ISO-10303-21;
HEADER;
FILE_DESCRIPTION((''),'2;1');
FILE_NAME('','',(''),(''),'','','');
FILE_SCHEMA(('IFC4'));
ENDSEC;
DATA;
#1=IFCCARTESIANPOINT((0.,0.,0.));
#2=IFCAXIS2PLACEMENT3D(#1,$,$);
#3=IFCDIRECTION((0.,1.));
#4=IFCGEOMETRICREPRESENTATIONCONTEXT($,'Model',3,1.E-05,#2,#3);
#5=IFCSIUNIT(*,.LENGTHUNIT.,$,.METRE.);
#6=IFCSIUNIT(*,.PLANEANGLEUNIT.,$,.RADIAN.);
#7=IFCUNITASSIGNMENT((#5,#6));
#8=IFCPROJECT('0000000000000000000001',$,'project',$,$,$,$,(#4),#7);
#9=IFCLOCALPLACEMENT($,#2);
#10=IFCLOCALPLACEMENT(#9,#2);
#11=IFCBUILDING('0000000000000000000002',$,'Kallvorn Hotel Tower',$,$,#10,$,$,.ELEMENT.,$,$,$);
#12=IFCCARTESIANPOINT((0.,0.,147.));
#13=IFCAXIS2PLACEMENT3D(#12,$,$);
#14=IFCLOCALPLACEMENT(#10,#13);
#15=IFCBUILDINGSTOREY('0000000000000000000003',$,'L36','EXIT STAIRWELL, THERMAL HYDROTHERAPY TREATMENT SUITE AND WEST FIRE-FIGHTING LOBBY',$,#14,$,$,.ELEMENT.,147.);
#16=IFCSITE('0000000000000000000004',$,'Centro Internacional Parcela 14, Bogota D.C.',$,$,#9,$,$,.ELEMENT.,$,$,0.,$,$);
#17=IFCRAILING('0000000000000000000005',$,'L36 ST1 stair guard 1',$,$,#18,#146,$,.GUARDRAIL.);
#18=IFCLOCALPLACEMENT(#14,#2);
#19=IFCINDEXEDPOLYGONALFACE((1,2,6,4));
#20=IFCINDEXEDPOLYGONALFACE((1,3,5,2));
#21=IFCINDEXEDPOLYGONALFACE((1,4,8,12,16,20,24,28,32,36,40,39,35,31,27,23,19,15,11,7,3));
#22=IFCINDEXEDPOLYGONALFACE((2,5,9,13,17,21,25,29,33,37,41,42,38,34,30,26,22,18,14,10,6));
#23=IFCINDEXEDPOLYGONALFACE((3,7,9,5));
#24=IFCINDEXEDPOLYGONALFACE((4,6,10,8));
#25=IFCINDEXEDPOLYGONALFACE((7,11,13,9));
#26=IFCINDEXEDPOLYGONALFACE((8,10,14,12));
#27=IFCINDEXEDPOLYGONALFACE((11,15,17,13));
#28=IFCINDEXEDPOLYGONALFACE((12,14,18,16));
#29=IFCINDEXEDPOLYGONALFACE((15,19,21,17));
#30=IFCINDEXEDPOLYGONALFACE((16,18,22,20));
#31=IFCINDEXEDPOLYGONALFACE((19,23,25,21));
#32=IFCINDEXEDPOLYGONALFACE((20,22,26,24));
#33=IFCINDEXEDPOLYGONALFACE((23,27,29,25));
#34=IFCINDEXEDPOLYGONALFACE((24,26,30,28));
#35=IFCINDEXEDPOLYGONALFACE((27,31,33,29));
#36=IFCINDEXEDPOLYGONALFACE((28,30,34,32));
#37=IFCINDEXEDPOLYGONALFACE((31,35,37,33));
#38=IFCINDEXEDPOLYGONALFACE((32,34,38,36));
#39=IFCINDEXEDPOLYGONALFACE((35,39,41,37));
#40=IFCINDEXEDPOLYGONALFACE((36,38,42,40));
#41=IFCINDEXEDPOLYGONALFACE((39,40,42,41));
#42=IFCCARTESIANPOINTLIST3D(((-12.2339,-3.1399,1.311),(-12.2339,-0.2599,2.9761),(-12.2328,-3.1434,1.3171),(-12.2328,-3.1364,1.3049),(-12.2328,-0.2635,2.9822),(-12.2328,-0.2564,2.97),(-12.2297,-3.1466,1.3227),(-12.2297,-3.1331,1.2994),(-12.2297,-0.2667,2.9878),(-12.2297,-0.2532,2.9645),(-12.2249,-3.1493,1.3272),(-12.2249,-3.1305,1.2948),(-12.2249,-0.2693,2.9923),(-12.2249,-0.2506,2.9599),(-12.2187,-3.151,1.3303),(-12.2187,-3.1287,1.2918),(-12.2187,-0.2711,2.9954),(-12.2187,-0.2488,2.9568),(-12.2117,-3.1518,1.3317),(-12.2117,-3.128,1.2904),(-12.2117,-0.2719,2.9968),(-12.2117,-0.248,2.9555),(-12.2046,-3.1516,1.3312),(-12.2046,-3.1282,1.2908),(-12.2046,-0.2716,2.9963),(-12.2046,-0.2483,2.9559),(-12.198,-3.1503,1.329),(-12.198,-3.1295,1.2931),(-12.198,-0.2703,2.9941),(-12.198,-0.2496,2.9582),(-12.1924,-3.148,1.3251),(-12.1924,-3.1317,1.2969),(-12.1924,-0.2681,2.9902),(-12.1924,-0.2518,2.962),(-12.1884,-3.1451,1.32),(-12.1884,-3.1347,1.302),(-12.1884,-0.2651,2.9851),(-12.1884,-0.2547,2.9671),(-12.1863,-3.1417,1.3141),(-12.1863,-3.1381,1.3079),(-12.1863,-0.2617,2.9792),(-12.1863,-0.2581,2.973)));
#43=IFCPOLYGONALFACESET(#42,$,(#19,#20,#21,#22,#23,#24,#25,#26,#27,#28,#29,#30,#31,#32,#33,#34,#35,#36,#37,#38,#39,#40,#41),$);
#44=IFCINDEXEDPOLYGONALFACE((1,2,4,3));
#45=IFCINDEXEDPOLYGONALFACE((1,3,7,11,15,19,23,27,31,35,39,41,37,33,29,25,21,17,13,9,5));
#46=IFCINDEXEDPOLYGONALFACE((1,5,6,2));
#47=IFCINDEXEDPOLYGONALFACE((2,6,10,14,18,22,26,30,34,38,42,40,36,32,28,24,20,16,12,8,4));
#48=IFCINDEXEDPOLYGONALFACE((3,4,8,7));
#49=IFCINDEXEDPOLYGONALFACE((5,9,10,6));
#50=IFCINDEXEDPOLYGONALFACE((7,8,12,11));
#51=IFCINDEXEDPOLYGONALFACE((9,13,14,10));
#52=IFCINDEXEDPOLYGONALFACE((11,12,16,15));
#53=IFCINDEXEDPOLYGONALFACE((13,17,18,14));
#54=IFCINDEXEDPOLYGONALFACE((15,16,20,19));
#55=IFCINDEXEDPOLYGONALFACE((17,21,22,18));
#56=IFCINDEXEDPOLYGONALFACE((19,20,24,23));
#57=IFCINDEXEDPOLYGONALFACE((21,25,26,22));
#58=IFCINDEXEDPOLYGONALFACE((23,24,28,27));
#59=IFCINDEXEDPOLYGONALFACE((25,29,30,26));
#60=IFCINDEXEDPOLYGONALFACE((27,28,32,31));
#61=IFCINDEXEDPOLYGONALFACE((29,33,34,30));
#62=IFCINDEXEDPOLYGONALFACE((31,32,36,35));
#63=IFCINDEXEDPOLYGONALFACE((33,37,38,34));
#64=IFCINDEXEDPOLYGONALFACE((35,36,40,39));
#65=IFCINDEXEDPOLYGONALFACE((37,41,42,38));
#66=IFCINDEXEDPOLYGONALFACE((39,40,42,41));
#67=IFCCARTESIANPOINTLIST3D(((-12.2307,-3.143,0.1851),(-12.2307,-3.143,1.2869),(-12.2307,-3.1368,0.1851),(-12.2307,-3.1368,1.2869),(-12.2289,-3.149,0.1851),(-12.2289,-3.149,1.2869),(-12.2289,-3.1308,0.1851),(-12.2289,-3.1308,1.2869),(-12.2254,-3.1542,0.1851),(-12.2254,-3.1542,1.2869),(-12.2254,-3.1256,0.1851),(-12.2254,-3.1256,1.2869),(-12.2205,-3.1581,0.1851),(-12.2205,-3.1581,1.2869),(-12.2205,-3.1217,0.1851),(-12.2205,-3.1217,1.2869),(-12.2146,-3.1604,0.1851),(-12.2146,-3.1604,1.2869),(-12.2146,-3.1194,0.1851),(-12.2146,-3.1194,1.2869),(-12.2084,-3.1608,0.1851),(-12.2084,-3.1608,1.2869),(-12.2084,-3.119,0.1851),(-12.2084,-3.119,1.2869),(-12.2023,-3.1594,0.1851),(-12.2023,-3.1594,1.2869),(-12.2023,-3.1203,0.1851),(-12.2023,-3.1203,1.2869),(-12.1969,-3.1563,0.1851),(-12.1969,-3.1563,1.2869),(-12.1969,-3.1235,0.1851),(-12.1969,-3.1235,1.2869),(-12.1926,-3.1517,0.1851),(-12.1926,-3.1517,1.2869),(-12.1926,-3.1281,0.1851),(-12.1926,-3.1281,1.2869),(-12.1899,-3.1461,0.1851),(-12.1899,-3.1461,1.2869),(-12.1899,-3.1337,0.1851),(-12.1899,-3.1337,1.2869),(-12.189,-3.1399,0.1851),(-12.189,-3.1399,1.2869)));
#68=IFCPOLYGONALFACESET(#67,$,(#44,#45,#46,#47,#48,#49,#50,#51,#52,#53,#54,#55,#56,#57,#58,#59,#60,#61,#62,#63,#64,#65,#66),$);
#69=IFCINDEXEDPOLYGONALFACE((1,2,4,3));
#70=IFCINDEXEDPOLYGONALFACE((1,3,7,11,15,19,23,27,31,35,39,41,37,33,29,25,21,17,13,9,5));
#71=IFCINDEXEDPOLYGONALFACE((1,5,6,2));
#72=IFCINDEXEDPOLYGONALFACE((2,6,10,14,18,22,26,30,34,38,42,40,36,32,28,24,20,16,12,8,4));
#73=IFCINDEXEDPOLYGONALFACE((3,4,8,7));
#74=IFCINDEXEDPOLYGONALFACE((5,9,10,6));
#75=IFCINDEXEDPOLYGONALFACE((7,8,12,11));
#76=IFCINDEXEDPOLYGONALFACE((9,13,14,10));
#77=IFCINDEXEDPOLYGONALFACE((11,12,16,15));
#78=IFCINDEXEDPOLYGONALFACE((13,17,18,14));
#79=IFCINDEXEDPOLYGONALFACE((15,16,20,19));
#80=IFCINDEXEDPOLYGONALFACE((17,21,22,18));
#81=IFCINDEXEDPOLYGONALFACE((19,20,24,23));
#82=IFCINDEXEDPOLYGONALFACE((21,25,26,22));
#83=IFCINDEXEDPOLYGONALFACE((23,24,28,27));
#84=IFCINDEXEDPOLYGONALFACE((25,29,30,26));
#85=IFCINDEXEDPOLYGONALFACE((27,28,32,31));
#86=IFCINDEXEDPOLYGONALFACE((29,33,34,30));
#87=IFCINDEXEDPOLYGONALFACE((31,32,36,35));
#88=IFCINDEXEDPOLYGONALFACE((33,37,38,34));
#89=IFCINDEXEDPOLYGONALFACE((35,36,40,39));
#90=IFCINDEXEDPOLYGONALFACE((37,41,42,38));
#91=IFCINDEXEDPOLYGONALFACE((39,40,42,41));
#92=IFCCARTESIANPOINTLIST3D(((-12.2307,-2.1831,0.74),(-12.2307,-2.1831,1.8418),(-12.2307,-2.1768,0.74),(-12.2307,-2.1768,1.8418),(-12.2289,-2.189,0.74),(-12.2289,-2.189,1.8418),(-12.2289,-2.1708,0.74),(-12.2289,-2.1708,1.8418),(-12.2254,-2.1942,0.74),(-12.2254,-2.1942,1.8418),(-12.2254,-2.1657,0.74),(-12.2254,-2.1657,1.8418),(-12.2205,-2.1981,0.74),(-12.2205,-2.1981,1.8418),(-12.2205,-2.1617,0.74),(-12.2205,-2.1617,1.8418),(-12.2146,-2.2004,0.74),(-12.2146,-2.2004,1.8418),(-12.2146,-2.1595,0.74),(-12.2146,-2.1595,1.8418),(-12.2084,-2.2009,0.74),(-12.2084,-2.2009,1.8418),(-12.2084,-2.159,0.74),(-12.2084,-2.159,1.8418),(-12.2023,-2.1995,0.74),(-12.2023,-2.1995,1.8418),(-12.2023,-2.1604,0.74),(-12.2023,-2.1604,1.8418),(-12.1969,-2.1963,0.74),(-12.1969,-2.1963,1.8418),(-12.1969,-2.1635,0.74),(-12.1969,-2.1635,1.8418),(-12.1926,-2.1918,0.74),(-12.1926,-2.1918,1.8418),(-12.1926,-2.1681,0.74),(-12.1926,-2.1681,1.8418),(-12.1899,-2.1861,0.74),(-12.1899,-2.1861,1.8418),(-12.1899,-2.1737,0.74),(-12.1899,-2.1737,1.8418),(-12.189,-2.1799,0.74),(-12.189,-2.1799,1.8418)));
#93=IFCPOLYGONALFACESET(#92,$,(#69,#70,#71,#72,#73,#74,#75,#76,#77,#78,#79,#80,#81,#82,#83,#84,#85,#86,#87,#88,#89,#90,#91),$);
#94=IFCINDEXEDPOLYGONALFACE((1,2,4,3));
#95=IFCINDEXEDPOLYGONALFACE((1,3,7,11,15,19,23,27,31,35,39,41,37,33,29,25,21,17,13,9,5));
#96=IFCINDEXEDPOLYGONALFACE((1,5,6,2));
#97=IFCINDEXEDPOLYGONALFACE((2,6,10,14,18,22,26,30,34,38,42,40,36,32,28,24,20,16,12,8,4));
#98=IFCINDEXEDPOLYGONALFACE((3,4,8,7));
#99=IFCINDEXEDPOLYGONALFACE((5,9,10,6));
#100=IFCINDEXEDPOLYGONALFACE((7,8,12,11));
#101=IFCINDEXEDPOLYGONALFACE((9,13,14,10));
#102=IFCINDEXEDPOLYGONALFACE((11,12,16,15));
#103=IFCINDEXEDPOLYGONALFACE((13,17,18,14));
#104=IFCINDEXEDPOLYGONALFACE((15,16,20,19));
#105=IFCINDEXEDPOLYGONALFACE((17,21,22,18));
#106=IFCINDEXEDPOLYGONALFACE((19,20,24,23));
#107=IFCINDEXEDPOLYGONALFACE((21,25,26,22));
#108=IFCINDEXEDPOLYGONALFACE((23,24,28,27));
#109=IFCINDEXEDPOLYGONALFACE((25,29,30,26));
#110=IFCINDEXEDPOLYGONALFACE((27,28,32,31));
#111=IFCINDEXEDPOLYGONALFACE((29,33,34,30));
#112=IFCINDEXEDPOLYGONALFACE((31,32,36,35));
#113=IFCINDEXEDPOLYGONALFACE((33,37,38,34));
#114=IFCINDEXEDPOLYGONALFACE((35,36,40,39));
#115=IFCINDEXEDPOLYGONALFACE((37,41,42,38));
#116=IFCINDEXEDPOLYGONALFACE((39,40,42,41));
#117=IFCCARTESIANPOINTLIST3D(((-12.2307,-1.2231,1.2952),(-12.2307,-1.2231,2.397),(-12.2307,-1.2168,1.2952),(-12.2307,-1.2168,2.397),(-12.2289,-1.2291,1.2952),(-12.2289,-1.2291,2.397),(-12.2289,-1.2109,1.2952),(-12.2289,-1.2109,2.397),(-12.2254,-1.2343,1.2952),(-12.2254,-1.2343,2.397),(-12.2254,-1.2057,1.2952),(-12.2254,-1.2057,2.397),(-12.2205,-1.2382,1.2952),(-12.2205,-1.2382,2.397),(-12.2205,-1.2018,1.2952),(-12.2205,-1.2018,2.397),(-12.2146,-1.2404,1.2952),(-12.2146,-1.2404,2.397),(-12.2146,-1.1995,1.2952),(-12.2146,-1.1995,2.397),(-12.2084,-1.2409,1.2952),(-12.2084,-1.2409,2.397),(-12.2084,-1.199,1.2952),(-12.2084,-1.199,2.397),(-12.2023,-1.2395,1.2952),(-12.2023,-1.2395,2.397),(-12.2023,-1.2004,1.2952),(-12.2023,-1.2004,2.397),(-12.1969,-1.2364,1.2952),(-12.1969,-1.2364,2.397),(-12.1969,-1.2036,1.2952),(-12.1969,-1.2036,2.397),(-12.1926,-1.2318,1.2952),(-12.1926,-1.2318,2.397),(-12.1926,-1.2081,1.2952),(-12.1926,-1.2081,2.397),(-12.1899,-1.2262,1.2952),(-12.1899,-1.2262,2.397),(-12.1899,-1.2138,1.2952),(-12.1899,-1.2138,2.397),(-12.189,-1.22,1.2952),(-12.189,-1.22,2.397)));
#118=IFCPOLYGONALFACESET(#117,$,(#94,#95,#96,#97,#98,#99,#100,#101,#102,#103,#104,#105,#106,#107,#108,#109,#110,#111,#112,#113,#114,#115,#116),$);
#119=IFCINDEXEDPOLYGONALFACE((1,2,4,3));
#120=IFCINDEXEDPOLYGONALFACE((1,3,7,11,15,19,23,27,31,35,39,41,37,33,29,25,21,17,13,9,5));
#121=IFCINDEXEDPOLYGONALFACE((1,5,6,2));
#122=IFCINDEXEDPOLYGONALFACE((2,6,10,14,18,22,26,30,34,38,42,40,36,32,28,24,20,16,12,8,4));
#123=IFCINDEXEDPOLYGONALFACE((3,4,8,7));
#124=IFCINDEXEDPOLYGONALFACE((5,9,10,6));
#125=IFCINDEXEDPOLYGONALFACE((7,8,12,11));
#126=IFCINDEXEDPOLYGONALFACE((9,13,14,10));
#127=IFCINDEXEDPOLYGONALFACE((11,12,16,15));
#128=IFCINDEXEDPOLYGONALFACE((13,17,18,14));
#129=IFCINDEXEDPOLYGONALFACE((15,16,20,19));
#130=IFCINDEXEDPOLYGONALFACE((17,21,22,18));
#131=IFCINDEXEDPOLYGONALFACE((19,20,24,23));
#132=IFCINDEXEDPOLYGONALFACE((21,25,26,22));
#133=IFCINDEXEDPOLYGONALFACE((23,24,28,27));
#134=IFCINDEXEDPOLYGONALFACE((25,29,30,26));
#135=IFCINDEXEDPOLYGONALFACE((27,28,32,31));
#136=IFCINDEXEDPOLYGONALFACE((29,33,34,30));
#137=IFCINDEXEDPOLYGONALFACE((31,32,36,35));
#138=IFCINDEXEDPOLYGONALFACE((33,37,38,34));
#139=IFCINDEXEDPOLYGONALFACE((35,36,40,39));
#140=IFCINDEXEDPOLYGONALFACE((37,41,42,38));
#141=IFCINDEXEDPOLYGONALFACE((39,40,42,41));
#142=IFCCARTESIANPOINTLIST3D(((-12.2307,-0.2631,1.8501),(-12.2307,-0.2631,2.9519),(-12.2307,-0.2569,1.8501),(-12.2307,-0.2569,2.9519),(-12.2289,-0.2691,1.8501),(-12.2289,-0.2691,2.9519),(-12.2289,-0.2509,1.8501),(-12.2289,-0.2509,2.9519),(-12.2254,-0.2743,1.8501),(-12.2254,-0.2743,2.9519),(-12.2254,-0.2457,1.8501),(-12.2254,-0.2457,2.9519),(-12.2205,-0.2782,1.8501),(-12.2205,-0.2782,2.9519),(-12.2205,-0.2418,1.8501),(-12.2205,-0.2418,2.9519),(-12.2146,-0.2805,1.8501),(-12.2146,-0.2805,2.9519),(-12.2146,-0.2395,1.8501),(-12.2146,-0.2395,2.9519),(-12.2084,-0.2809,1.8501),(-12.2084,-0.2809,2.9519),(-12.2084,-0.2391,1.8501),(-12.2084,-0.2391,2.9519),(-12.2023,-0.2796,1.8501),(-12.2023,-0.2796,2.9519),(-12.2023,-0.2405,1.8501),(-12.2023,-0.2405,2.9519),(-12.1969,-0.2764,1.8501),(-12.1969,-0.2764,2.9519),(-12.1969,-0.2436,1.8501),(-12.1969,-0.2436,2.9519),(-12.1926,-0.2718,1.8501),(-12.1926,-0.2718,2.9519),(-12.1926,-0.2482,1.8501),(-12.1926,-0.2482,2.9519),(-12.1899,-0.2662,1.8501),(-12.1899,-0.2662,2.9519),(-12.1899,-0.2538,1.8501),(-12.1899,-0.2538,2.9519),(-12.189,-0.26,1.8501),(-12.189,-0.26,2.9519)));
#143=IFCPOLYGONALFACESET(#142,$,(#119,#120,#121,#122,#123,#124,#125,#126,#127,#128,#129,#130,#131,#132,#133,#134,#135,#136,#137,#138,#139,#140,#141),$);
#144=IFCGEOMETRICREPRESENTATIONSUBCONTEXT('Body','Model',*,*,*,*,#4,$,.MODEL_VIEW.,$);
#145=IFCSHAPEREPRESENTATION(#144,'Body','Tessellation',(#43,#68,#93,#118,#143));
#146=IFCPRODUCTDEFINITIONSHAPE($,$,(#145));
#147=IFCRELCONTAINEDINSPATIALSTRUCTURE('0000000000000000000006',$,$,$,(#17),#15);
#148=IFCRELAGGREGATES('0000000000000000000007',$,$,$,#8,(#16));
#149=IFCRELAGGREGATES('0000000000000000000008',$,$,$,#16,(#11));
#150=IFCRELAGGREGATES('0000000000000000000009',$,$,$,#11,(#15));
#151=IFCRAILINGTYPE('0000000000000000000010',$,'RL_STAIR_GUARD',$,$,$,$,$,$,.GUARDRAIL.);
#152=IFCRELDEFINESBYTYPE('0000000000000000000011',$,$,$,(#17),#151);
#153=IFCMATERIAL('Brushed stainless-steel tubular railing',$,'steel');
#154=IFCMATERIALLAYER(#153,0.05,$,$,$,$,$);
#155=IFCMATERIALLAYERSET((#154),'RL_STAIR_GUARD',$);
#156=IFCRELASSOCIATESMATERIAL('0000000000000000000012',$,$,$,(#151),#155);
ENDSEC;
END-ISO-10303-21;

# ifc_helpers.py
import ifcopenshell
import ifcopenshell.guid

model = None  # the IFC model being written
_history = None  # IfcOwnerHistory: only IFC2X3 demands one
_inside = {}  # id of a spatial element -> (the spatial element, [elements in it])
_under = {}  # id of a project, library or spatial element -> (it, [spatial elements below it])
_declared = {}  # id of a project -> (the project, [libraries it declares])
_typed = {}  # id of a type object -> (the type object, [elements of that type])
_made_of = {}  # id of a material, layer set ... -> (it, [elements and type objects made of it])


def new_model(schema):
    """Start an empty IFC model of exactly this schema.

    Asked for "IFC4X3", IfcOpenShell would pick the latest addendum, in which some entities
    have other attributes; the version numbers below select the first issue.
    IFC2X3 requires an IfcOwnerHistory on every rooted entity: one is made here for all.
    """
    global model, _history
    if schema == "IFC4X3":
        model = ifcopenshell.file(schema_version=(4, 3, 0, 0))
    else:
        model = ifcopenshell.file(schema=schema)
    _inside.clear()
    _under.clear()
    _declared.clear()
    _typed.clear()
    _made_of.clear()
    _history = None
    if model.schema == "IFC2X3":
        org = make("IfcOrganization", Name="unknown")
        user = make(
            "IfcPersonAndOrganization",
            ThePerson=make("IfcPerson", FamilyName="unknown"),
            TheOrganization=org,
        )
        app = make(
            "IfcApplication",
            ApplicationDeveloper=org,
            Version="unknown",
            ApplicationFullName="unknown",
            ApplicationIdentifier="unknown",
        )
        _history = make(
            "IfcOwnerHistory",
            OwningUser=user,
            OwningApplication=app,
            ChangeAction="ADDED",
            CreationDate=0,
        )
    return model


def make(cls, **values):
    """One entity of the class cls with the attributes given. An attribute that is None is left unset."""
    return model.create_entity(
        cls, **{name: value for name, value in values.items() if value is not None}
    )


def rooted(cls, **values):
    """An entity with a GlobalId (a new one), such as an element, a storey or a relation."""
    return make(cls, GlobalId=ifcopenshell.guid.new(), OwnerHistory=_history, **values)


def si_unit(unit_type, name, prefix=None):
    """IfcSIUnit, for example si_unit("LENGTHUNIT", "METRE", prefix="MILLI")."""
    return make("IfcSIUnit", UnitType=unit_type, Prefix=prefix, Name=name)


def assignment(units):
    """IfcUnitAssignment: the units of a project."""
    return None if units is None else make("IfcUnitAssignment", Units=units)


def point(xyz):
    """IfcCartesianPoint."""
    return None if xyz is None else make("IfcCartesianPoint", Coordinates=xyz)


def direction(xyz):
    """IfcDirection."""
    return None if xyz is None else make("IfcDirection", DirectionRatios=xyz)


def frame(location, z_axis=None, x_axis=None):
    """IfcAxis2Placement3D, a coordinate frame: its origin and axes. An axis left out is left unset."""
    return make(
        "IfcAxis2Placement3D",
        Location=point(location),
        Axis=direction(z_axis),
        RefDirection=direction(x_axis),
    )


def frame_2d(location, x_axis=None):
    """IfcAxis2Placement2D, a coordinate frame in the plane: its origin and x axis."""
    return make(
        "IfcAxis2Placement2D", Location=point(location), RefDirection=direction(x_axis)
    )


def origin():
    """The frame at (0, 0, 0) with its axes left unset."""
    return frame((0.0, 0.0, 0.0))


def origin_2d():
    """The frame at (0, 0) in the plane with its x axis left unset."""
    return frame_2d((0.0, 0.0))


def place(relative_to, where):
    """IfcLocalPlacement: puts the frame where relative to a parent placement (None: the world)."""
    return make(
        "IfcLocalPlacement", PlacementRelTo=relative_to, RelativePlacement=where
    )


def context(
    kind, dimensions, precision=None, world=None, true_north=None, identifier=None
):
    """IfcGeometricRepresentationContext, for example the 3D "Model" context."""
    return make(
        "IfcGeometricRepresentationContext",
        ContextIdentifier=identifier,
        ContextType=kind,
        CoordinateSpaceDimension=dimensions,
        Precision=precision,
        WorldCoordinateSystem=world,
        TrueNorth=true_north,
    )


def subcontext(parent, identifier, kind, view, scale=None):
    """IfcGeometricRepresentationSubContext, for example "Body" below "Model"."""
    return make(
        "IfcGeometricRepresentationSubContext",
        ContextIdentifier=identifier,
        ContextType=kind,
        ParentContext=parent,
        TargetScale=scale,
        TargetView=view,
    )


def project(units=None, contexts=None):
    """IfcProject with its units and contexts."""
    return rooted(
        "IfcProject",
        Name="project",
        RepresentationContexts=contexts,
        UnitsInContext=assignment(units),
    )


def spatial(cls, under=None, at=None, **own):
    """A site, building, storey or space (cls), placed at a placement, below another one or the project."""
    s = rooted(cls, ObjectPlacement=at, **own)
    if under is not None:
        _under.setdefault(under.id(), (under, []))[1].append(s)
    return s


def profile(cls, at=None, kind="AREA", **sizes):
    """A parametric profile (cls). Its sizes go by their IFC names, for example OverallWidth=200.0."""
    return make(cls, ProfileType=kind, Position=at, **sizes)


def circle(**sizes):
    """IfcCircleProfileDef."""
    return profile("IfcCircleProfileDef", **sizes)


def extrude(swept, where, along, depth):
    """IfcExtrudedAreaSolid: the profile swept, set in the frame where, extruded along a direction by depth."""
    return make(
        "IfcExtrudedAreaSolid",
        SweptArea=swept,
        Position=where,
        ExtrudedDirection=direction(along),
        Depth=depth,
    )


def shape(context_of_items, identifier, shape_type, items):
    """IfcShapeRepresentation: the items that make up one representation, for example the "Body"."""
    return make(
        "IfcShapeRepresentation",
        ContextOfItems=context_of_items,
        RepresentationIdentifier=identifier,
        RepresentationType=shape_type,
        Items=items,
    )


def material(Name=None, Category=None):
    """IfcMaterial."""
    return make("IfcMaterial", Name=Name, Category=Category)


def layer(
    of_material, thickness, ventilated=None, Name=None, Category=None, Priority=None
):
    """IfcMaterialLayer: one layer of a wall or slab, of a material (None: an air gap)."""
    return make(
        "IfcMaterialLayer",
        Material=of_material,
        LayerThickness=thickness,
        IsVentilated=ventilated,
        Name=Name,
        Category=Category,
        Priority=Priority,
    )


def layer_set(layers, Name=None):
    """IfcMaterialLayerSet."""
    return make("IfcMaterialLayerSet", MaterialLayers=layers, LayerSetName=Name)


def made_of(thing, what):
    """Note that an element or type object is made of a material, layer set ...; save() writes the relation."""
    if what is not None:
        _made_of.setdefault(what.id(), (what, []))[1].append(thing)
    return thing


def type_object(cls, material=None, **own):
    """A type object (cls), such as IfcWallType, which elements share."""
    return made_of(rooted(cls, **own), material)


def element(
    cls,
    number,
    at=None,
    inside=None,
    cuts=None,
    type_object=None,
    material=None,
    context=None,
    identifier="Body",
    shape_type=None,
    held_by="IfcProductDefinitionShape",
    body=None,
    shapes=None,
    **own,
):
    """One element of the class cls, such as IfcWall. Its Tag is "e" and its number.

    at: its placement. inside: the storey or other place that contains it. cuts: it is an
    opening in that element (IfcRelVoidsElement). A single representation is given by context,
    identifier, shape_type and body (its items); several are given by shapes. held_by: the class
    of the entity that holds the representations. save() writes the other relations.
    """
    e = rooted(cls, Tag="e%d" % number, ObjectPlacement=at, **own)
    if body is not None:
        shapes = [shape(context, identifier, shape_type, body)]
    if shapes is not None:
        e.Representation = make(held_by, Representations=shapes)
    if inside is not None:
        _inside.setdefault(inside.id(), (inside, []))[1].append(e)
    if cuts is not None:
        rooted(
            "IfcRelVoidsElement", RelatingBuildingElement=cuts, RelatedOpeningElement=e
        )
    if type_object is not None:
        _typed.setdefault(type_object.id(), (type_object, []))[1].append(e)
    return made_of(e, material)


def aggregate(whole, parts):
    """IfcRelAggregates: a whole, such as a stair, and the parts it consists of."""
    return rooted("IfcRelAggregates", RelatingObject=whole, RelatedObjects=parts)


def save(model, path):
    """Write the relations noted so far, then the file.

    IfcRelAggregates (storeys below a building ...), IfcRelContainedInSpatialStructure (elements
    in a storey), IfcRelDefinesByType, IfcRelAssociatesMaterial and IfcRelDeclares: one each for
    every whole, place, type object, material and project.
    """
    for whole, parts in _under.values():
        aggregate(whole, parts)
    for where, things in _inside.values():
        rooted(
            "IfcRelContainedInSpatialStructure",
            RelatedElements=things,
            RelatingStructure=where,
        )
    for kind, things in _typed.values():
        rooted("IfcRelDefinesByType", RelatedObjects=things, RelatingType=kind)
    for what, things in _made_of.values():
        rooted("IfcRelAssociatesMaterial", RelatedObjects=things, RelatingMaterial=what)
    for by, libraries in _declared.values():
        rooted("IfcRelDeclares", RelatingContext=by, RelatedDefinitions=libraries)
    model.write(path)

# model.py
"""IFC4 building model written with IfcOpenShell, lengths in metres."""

from ifc_helpers import new_model, si_unit, direction, frame, origin, origin_2d, place, context, subcontext, project, spatial, circle, extrude, material, layer, layer_set, type_object, element, save


model = new_model("IFC4")

# Units and contexts
model_context = context("Model", 3, precision=1e-05, world=origin(), true_north=direction((0.0, 1.0)))
body_context = subcontext(model_context, "Body", "Model", "MODEL_VIEW")
ifc_project = project(units=[si_unit("LENGTHUNIT", "METRE"), si_unit("PLANEANGLEUNIT", "RADIAN")], contexts=[model_context])

# Site, building, storey
site_placement = place(None, origin())
site = spatial("IfcSite", under=ifc_project, at=site_placement, Name="Centro Internacional Parcela 14, Bogota D.C.", CompositionType="ELEMENT", RefElevation=0.0)
building_placement = place(site_placement, origin())
building = spatial("IfcBuilding", under=site, at=building_placement, Name="Kallvorn Hotel Tower", CompositionType="ELEMENT")
storey_placement = place(building_placement, frame((0.0, 0.0, 147.0)))
storey = spatial("IfcBuildingStorey", under=building, at=storey_placement, Name="L36", Description="EXIT STAIRWELL, THERMAL HYDROTHERAPY TREATMENT SUITE AND WEST FIRE-FIGHTING LOBBY", CompositionType="ELEMENT", Elevation=147.0)

# Railing
ifc_material_1 = material(Name="Brushed stainless-steel tubular railing", Category="steel")
ifc_layer_1 = layer(ifc_material_1, 0.05)
ifc_layer_set_1 = layer_set([ifc_layer_1], Name="RL_STAIR_GUARD")
railing_type_1 = type_object("IfcRailingType", Name="RL_STAIR_GUARD", PredefinedType="GUARDRAIL", material=ifc_layer_set_1)
railing_1_placement = place(storey_placement, frame((-12.21, -3.1399, 0.1851)))
element("IfcRailing", 1, at=railing_1_placement, inside=storey, type_object=railing_type_1, Name="L36 ST1 stair guard 1", PredefinedType="GUARDRAIL", context=body_context, shape_type="SweptSolid", body=[
    extrude(circle(Radius=0.0239, at=origin_2d()), frame((0.0, 0.0, 1.126), z_axis=(0.0, 0.865721, 0.500527), x_axis=(-1.0, 0.0, 0.0)), (0.0, 0.0, 1.0), 3.3267),
    extrude(circle(Radius=0.021, at=origin_2d()), origin(), (0.0, 0.0, 1.0), 1.1018),
    extrude(circle(Radius=0.021, at=origin_2d()), frame((0.0, 0.96, 0.5549)), (0.0, 0.0, 1.0), 1.1018),
    extrude(circle(Radius=0.021, at=origin_2d()), frame((0.0, 1.9199, 1.1101)), (0.0, 0.0, 1.0), 1.1018),
    extrude(circle(Radius=0.021, at=origin_2d()), frame((0.0, 2.8799, 1.665)), (0.0, 0.0, 1.0), 1.1018),
])

save(model, "model.ifc")
